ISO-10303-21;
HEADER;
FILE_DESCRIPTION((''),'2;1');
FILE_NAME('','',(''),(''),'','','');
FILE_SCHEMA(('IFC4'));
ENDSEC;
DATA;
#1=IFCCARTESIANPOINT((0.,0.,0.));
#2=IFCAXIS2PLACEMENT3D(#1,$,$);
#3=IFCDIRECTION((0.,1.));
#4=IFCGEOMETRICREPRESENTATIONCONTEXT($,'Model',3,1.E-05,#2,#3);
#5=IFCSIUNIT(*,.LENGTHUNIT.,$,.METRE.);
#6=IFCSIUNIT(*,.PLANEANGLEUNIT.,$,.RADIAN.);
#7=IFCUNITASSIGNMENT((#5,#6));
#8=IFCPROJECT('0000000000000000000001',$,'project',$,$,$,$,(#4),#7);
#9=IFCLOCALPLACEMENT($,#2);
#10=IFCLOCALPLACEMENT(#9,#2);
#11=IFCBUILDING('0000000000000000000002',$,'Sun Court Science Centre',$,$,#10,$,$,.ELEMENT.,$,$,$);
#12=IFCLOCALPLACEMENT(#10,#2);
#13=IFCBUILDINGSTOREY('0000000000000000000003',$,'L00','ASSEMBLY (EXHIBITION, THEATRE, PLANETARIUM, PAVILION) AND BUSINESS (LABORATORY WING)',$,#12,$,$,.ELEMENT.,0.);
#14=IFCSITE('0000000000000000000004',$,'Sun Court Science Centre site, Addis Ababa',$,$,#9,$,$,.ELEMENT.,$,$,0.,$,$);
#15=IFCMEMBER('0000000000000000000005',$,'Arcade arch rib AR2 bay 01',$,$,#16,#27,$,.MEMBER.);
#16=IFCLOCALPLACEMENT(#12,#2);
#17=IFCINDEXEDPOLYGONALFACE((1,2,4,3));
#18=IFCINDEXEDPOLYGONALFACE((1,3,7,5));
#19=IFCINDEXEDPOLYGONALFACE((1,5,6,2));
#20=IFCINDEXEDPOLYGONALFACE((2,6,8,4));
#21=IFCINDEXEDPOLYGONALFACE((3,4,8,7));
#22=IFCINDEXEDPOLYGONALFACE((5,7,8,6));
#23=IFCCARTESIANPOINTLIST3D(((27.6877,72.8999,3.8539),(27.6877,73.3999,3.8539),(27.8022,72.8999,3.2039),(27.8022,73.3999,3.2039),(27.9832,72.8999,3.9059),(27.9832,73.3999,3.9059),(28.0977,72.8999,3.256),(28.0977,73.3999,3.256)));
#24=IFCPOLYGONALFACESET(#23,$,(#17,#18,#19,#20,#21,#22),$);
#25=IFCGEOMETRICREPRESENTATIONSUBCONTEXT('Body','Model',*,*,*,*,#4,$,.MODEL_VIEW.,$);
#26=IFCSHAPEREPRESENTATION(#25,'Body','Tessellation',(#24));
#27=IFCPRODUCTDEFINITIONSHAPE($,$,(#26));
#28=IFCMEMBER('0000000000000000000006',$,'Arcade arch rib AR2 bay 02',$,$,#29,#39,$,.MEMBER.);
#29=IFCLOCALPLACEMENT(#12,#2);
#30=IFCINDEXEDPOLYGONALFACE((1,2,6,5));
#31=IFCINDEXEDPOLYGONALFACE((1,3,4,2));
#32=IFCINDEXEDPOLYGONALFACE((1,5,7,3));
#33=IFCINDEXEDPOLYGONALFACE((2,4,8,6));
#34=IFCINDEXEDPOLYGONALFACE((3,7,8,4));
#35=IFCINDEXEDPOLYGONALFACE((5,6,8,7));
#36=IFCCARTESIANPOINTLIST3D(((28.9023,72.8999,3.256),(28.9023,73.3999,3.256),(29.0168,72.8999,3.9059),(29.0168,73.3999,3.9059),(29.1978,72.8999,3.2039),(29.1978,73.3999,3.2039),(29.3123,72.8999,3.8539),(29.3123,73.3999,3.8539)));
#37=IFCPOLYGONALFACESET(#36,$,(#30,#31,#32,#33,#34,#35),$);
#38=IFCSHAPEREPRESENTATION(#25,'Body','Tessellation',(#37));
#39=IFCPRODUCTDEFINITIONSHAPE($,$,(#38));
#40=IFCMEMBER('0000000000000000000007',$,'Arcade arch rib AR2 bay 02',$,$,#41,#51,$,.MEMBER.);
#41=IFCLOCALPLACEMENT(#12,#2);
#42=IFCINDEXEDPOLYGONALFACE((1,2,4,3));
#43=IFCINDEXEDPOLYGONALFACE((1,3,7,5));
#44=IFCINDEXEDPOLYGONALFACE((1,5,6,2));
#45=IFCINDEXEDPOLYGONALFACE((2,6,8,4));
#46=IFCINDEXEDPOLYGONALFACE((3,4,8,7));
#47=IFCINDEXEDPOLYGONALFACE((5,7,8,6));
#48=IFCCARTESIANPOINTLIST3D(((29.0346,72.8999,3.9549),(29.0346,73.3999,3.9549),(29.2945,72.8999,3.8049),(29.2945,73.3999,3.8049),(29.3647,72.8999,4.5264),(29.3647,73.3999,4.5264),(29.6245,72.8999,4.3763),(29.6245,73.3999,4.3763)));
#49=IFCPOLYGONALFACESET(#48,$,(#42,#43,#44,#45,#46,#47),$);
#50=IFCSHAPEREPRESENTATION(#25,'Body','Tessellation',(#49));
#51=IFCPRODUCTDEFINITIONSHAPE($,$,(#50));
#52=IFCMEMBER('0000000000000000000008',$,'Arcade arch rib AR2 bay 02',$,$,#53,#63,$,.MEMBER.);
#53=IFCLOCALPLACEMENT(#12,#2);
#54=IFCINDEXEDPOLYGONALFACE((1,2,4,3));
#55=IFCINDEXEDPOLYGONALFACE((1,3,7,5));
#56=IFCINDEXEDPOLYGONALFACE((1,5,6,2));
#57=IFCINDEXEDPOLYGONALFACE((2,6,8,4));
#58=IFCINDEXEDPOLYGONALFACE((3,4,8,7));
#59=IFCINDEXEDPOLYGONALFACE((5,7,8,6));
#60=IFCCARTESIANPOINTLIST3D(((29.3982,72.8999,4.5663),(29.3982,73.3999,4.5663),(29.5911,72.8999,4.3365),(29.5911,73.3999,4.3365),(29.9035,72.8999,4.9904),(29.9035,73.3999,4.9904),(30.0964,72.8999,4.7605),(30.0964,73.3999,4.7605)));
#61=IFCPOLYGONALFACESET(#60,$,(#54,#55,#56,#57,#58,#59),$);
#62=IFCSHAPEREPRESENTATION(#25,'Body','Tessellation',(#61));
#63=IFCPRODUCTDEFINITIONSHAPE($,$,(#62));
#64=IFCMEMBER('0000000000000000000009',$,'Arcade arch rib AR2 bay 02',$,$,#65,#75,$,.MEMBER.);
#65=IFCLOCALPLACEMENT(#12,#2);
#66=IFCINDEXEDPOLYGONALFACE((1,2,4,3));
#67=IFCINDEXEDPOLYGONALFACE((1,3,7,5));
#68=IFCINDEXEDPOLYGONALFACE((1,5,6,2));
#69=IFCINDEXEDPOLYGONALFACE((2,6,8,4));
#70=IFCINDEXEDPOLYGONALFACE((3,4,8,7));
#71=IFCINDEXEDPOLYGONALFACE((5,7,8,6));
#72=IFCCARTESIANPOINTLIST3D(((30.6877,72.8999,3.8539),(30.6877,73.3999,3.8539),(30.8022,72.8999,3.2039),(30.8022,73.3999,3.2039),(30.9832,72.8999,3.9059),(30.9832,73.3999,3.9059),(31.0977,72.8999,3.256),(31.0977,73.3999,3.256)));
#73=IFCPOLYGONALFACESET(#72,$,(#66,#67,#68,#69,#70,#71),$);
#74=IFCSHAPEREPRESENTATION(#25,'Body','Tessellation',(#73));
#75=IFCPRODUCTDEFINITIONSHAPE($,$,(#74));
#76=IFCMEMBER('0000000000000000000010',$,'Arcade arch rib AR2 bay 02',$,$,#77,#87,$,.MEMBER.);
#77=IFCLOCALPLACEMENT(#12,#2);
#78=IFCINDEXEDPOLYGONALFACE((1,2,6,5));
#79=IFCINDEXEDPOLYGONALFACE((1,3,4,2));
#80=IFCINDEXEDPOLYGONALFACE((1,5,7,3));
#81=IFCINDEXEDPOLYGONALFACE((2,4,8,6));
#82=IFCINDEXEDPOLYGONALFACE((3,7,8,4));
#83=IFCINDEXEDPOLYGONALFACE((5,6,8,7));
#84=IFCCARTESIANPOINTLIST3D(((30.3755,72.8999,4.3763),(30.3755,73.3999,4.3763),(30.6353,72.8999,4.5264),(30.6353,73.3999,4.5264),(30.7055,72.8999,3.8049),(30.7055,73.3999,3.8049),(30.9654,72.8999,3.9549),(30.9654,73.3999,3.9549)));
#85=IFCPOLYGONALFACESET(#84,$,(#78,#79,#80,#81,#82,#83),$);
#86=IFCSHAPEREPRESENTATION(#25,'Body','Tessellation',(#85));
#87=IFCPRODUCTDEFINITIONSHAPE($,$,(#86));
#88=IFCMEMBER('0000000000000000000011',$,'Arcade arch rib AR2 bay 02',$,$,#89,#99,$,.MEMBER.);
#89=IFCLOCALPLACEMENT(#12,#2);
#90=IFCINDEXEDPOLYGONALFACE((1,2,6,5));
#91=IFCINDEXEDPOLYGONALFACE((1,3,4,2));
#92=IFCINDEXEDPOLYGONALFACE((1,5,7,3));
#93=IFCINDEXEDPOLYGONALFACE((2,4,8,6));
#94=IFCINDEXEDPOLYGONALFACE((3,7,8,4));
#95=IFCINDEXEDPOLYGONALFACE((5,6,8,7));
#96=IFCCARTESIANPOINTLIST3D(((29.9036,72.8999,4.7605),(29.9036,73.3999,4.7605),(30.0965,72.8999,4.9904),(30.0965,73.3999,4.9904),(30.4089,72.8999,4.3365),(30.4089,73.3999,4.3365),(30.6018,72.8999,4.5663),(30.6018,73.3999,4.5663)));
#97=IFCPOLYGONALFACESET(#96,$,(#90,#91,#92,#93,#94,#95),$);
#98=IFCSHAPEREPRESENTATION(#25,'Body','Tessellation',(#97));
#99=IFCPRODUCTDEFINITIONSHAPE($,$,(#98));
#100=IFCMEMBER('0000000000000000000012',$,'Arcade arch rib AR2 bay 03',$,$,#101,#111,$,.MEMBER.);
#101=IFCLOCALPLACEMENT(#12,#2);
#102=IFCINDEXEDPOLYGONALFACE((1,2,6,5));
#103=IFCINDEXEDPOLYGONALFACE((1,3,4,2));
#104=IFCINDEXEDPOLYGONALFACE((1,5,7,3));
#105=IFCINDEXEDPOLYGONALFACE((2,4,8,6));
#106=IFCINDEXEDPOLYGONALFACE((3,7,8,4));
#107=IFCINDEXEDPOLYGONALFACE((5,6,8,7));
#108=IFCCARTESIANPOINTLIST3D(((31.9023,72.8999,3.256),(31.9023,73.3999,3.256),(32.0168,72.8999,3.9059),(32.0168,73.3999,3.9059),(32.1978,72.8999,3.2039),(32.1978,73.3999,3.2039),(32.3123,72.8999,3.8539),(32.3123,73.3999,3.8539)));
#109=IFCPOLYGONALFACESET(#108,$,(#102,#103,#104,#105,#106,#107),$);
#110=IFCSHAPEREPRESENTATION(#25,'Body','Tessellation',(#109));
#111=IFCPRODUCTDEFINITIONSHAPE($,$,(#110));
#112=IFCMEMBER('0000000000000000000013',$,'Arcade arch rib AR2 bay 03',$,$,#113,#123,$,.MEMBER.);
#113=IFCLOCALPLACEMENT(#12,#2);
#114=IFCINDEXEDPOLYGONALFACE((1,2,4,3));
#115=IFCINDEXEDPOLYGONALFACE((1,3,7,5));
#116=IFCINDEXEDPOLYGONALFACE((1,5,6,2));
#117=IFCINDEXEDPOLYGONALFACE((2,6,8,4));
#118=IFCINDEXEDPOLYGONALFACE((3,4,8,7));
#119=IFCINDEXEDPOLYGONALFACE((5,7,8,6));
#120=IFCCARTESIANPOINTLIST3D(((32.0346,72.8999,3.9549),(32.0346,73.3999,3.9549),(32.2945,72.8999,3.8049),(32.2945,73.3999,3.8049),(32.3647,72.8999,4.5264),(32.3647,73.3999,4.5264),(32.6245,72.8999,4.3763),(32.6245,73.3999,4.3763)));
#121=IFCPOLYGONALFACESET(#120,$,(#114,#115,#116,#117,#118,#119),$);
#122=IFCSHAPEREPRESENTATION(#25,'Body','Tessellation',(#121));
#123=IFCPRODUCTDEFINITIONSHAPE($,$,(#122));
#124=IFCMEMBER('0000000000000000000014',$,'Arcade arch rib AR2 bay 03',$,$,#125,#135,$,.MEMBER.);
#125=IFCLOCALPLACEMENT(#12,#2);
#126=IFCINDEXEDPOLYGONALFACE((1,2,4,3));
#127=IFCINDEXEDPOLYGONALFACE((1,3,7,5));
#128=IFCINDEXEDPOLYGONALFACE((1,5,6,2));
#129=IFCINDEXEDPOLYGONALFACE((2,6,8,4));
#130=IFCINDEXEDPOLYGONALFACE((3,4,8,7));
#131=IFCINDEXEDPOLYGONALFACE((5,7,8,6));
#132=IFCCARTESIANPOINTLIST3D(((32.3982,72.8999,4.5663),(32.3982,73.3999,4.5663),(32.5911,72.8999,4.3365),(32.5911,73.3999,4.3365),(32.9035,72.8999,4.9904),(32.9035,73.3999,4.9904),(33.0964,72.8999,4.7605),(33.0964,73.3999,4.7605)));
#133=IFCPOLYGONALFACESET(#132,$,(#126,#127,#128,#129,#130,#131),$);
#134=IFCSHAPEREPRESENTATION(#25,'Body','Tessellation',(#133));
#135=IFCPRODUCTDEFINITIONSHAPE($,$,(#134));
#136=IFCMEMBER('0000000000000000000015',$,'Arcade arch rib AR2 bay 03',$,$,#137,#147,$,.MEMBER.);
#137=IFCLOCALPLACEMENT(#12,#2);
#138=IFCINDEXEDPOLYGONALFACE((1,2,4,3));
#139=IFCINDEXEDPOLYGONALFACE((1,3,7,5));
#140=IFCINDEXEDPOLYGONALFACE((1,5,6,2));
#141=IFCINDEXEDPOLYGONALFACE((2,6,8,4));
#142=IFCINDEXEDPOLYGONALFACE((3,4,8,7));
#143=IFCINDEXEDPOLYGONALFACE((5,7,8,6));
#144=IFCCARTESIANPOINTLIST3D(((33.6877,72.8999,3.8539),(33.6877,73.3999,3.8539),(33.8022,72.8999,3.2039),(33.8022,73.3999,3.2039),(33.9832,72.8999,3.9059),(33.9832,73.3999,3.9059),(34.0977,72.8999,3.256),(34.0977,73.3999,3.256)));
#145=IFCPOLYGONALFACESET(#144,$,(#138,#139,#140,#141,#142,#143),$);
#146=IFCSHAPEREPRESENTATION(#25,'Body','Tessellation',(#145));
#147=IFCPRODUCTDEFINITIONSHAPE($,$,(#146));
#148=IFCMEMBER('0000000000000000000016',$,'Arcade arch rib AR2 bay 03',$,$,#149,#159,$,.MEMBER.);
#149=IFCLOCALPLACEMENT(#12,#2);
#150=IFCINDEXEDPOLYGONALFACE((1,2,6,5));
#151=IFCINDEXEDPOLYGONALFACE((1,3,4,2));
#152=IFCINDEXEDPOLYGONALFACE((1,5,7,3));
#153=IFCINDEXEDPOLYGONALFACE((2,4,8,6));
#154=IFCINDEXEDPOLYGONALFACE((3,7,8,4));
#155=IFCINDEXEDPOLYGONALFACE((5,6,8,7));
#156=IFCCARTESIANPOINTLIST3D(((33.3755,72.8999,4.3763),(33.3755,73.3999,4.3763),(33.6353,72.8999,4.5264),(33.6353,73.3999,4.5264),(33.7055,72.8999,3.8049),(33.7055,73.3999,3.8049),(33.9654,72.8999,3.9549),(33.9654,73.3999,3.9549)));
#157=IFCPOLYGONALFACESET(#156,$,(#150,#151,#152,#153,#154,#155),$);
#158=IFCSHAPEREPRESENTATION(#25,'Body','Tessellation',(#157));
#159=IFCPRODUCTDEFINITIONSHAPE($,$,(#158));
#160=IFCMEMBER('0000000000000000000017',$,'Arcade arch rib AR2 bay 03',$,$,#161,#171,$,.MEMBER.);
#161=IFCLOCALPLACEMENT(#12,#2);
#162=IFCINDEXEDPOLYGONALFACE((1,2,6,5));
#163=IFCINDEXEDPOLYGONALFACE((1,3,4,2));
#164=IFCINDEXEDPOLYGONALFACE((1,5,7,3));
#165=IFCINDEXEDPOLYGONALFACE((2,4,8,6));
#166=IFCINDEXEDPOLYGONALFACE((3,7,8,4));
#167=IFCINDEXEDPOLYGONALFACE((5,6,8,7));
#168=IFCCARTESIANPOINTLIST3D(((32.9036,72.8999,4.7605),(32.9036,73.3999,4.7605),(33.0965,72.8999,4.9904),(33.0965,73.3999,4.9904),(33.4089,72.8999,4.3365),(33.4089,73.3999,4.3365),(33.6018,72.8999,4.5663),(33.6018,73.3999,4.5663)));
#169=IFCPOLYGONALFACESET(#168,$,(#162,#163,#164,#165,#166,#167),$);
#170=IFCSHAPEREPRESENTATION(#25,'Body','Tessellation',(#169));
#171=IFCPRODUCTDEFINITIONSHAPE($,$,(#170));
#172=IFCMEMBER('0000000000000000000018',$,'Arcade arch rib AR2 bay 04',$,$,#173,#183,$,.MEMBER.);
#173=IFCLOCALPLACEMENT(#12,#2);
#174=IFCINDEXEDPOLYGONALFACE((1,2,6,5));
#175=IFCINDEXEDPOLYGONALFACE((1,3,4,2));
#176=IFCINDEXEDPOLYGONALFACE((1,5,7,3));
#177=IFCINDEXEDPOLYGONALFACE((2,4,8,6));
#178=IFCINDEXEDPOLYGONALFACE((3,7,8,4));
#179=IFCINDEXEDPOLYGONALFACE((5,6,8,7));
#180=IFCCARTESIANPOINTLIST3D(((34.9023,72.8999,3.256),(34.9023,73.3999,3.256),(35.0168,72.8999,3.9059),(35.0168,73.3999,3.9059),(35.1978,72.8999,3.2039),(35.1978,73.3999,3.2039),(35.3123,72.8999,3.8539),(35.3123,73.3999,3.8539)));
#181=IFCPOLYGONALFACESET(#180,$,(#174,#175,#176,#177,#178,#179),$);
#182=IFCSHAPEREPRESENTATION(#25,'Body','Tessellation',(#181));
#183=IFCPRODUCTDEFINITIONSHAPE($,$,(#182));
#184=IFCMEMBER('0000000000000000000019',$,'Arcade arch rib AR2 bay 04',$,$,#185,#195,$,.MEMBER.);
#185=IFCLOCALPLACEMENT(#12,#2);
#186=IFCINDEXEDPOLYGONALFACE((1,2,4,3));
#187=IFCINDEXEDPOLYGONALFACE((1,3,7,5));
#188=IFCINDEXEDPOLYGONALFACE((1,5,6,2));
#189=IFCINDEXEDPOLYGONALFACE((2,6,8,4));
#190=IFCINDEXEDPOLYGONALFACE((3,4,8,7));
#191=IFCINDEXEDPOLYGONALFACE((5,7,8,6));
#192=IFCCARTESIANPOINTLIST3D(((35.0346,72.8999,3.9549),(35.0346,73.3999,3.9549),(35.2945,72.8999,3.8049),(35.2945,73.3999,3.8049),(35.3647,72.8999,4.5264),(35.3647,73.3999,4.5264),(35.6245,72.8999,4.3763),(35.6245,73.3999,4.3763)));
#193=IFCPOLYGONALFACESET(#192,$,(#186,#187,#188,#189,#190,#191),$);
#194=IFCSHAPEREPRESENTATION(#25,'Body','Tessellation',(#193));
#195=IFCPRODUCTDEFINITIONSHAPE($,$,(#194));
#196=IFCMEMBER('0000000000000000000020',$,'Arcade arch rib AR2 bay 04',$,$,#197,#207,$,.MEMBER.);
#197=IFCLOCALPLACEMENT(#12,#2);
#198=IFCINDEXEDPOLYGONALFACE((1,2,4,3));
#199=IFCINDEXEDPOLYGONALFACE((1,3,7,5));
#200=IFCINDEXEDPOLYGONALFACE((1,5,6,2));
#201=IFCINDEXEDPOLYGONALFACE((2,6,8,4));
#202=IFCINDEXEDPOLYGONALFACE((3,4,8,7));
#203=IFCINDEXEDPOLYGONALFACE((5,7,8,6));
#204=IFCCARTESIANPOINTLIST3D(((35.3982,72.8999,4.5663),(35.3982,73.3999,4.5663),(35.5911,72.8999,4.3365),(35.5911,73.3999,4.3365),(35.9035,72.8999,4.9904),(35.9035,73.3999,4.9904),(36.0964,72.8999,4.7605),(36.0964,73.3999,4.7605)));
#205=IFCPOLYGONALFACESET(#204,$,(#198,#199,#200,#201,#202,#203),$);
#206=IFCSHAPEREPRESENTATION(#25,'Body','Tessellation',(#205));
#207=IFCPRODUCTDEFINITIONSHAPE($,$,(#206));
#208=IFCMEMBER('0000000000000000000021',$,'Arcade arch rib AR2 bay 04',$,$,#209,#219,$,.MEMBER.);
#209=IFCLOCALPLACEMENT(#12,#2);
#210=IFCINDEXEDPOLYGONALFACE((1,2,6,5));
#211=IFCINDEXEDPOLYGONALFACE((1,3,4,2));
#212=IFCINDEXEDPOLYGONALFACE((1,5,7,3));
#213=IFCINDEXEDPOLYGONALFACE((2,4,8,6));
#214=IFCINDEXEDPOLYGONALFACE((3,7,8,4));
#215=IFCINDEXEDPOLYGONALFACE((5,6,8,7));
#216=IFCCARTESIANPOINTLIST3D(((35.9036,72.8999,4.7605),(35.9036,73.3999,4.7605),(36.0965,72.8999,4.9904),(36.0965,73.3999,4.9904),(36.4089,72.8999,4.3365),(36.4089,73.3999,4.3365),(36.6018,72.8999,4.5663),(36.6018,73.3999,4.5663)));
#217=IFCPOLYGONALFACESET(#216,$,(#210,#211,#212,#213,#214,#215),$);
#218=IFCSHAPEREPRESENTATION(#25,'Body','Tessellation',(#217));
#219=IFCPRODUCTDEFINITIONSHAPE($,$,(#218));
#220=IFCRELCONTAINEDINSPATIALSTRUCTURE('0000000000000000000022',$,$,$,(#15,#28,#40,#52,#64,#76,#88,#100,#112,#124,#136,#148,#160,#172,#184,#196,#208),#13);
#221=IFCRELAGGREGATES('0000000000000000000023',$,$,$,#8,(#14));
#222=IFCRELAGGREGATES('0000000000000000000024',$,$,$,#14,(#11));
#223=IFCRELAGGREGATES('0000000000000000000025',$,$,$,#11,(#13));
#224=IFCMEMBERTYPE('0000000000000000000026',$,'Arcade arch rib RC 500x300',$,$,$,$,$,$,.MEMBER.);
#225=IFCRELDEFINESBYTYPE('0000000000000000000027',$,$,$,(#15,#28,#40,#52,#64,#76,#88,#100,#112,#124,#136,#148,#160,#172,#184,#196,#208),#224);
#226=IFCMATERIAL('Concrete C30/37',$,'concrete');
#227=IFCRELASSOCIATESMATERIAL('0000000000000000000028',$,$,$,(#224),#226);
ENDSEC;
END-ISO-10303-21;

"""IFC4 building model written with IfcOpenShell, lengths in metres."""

from ifc_helpers import new_model, si_unit, direction, frame, origin, origin_2d, place, context, subcontext, project, spatial, rectangle, extrude, material, material_profile, profile_set, type_object, element, save


model = new_model("IFC4")

# Units and contexts
model_context = context("Model", 3, precision=1e-05, world=origin(), true_north=direction((0.0, 1.0)))
body_context = subcontext(model_context, "Body", "Model", "MODEL_VIEW")
ifc_project = project(units=[si_unit("LENGTHUNIT", "METRE"), si_unit("PLANEANGLEUNIT", "RADIAN")], contexts=[model_context])

# Site, building, storey
site_placement = place(None, origin())
site = spatial("IfcSite", under=ifc_project, at=site_placement, Name="Sun Court Science Centre site, Addis Ababa", CompositionType="ELEMENT", RefElevation=0.0)
building_placement = place(site_placement, origin())
building = spatial("IfcBuilding", under=site, at=building_placement, Name="Sun Court Science Centre", CompositionType="ELEMENT")
storey_placement = place(building_placement, origin())
storey = spatial("IfcBuildingStorey", under=building, at=storey_placement, Name="L00", Description="ASSEMBLY (EXHIBITION, THEATRE, PLANETARIUM, PAVILION) AND BUSINESS (LABORATORY WING)", CompositionType="ELEMENT", Elevation=0.0)

# Members
ifc_material_1 = material(Name="Concrete C30/37", Category="concrete")
ifc_material_profile = material_profile(ifc_material_1, rectangle(XDim=0.5, YDim=0.3, at=origin_2d()), Name="RC 500x300")
ifc_profile_set = profile_set([ifc_material_profile], Name="Concrete C30/37")
member_type = type_object("IfcMemberType", Name="Arcade arch rib RC 500x300", PredefinedType="MEMBER", material=ifc_profile_set)
for number, where, z_axis, x_axis, name in (
    (1, (27.95, 73.1499, 3.23), (-0.173511, 0.0, 0.984832), (0.0, -1.0, 0.0), "Arcade arch rib AR2 bay 01"),
    (2, (29.05, 73.1499, 3.23), (0.173511, 0.0, 0.984832), (0.0, 1.0, 0.0), "Arcade arch rib AR2 bay 02"),
    (3, (29.1646, 73.1499, 3.8799), (0.500117, 0.0, 0.865958), (0.0, 1.0, 0.0), "Arcade arch rib AR2 bay 02"),
):
    element("IfcMember", number, at=place(storey_placement, frame(where, z_axis=z_axis, x_axis=x_axis)), inside=storey, type_object=member_type, Name=name, PredefinedType="MEMBER", context=body_context, shape_type="SweptSolid", body=[
        extrude(rectangle(XDim=0.5, YDim=0.3, at=origin_2d()), origin(), (0.0, 0.0, 1.0), 0.6599),
    ])
member_1_placement = place(storey_placement, frame((29.4946, 73.1499, 4.4514), z_axis=(0.766033, 0.0, 0.642801), x_axis=(0.0, 1.0, 0.0)))
element("IfcMember", 4, at=member_1_placement, inside=storey, type_object=member_type, Name="Arcade arch rib AR2 bay 02", PredefinedType="MEMBER", context=body_context, shape_type="SweptSolid", body=[
    extrude(rectangle(XDim=0.5, YDim=0.3, at=origin_2d()), origin(), (0.0, 0.0, 1.0), 0.6597),
])
for number, where, z_axis, x_axis, name in (
    (5, (30.95, 73.1499, 3.23), (-0.173511, 0.0, 0.984832), (0.0, -1.0, 0.0), "Arcade arch rib AR2 bay 02"),
    (6, (30.8354, 73.1499, 3.8799), (-0.500117, 0.0, 0.865958), (0.0, -1.0, 0.0), "Arcade arch rib AR2 bay 02"),
):
    element("IfcMember", number, at=place(storey_placement, frame(where, z_axis=z_axis, x_axis=x_axis)), inside=storey, type_object=member_type, Name=name, PredefinedType="MEMBER", context=body_context, shape_type="SweptSolid", body=[
        extrude(rectangle(XDim=0.5, YDim=0.3, at=origin_2d()), origin(), (0.0, 0.0, 1.0), 0.6599),
    ])
member_2_placement = place(storey_placement, frame((30.5054, 73.1499, 4.4514), z_axis=(-0.766033, 0.0, 0.642801), x_axis=(0.0, -1.0, 0.0)))
element("IfcMember", 7, at=member_2_placement, inside=storey, type_object=member_type, Name="Arcade arch rib AR2 bay 02", PredefinedType="MEMBER", context=body_context, shape_type="SweptSolid", body=[
    extrude(rectangle(XDim=0.5, YDim=0.3, at=origin_2d()), origin(), (0.0, 0.0, 1.0), 0.6597),
])
for number, where, z_axis, x_axis, name in (
    (8, (32.05, 73.1499, 3.23), (0.173511, 0.0, 0.984832), (0.0, 1.0, 0.0), "Arcade arch rib AR2 bay 03"),
    (9, (32.1646, 73.1499, 3.8799), (0.500117, 0.0, 0.865958), (0.0, 1.0, 0.0), "Arcade arch rib AR2 bay 03"),
):
    element("IfcMember", number, at=place(storey_placement, frame(where, z_axis=z_axis, x_axis=x_axis)), inside=storey, type_object=member_type, Name=name, PredefinedType="MEMBER", context=body_context, shape_type="SweptSolid", body=[
        extrude(rectangle(XDim=0.5, YDim=0.3, at=origin_2d()), origin(), (0.0, 0.0, 1.0), 0.6599),
    ])
member_3_placement = place(storey_placement, frame((32.4946, 73.1499, 4.4514), z_axis=(0.766033, 0.0, 0.642801), x_axis=(0.0, 1.0, 0.0)))
element("IfcMember", 10, at=member_3_placement, inside=storey, type_object=member_type, Name="Arcade arch rib AR2 bay 03", PredefinedType="MEMBER", context=body_context, shape_type="SweptSolid", body=[
    extrude(rectangle(XDim=0.5, YDim=0.3, at=origin_2d()), origin(), (0.0, 0.0, 1.0), 0.6597),
])
for number, where, z_axis, x_axis, name in (
    (11, (33.95, 73.1499, 3.23), (-0.173511, 0.0, 0.984832), (0.0, -1.0, 0.0), "Arcade arch rib AR2 bay 03"),
    (12, (33.8354, 73.1499, 3.8799), (-0.500117, 0.0, 0.865958), (0.0, -1.0, 0.0), "Arcade arch rib AR2 bay 03"),
):
    element("IfcMember", number, at=place(storey_placement, frame(where, z_axis=z_axis, x_axis=x_axis)), inside=storey, type_object=member_type, Name=name, PredefinedType="MEMBER", context=body_context, shape_type="SweptSolid", body=[
        extrude(rectangle(XDim=0.5, YDim=0.3, at=origin_2d()), origin(), (0.0, 0.0, 1.0), 0.6599),
    ])
member_4_placement = place(storey_placement, frame((33.5054, 73.1499, 4.4514), z_axis=(-0.766033, 0.0, 0.642801), x_axis=(0.0, -1.0, 0.0)))
element("IfcMember", 13, at=member_4_placement, inside=storey, type_object=member_type, Name="Arcade arch rib AR2 bay 03", PredefinedType="MEMBER", context=body_context, shape_type="SweptSolid", body=[
    extrude(rectangle(XDim=0.5, YDim=0.3, at=origin_2d()), origin(), (0.0, 0.0, 1.0), 0.6597),
])
for number, where, z_axis, x_axis, name in (
    (14, (35.05, 73.1499, 3.23), (0.173511, 0.0, 0.984832), (0.0, 1.0, 0.0), "Arcade arch rib AR2 bay 04"),
    (15, (35.1646, 73.1499, 3.8799), (0.500117, 0.0, 0.865958), (0.0, 1.0, 0.0), "Arcade arch rib AR2 bay 04"),
):
    element("IfcMember", number, at=place(storey_placement, frame(where, z_axis=z_axis, x_axis=x_axis)), inside=storey, type_object=member_type, Name=name, PredefinedType="MEMBER", context=body_context, shape_type="SweptSolid", body=[
        extrude(rectangle(XDim=0.5, YDim=0.3, at=origin_2d()), origin(), (0.0, 0.0, 1.0), 0.6599),
    ])
for number, where, z_axis, x_axis, name in (
    (16, (35.4946, 73.1499, 4.4514), (0.766033, 0.0, 0.642801), (0.0, 1.0, 0.0), "Arcade arch rib AR2 bay 04"),
    (17, (36.5054, 73.1499, 4.4514), (-0.766033, 0.0, 0.642801), (0.0, -1.0, 0.0), "Arcade arch rib AR2 bay 04"),
):
    element("IfcMember", number, at=place(storey_placement, frame(where, z_axis=z_axis, x_axis=x_axis)), inside=storey, type_object=member_type, Name=name, PredefinedType="MEMBER", context=body_context, shape_type="SweptSolid", body=[
        extrude(rectangle(XDim=0.5, YDim=0.3, at=origin_2d()), origin(), (0.0, 0.0, 1.0), 0.6597),
    ])

save(model, "model.ifc")
